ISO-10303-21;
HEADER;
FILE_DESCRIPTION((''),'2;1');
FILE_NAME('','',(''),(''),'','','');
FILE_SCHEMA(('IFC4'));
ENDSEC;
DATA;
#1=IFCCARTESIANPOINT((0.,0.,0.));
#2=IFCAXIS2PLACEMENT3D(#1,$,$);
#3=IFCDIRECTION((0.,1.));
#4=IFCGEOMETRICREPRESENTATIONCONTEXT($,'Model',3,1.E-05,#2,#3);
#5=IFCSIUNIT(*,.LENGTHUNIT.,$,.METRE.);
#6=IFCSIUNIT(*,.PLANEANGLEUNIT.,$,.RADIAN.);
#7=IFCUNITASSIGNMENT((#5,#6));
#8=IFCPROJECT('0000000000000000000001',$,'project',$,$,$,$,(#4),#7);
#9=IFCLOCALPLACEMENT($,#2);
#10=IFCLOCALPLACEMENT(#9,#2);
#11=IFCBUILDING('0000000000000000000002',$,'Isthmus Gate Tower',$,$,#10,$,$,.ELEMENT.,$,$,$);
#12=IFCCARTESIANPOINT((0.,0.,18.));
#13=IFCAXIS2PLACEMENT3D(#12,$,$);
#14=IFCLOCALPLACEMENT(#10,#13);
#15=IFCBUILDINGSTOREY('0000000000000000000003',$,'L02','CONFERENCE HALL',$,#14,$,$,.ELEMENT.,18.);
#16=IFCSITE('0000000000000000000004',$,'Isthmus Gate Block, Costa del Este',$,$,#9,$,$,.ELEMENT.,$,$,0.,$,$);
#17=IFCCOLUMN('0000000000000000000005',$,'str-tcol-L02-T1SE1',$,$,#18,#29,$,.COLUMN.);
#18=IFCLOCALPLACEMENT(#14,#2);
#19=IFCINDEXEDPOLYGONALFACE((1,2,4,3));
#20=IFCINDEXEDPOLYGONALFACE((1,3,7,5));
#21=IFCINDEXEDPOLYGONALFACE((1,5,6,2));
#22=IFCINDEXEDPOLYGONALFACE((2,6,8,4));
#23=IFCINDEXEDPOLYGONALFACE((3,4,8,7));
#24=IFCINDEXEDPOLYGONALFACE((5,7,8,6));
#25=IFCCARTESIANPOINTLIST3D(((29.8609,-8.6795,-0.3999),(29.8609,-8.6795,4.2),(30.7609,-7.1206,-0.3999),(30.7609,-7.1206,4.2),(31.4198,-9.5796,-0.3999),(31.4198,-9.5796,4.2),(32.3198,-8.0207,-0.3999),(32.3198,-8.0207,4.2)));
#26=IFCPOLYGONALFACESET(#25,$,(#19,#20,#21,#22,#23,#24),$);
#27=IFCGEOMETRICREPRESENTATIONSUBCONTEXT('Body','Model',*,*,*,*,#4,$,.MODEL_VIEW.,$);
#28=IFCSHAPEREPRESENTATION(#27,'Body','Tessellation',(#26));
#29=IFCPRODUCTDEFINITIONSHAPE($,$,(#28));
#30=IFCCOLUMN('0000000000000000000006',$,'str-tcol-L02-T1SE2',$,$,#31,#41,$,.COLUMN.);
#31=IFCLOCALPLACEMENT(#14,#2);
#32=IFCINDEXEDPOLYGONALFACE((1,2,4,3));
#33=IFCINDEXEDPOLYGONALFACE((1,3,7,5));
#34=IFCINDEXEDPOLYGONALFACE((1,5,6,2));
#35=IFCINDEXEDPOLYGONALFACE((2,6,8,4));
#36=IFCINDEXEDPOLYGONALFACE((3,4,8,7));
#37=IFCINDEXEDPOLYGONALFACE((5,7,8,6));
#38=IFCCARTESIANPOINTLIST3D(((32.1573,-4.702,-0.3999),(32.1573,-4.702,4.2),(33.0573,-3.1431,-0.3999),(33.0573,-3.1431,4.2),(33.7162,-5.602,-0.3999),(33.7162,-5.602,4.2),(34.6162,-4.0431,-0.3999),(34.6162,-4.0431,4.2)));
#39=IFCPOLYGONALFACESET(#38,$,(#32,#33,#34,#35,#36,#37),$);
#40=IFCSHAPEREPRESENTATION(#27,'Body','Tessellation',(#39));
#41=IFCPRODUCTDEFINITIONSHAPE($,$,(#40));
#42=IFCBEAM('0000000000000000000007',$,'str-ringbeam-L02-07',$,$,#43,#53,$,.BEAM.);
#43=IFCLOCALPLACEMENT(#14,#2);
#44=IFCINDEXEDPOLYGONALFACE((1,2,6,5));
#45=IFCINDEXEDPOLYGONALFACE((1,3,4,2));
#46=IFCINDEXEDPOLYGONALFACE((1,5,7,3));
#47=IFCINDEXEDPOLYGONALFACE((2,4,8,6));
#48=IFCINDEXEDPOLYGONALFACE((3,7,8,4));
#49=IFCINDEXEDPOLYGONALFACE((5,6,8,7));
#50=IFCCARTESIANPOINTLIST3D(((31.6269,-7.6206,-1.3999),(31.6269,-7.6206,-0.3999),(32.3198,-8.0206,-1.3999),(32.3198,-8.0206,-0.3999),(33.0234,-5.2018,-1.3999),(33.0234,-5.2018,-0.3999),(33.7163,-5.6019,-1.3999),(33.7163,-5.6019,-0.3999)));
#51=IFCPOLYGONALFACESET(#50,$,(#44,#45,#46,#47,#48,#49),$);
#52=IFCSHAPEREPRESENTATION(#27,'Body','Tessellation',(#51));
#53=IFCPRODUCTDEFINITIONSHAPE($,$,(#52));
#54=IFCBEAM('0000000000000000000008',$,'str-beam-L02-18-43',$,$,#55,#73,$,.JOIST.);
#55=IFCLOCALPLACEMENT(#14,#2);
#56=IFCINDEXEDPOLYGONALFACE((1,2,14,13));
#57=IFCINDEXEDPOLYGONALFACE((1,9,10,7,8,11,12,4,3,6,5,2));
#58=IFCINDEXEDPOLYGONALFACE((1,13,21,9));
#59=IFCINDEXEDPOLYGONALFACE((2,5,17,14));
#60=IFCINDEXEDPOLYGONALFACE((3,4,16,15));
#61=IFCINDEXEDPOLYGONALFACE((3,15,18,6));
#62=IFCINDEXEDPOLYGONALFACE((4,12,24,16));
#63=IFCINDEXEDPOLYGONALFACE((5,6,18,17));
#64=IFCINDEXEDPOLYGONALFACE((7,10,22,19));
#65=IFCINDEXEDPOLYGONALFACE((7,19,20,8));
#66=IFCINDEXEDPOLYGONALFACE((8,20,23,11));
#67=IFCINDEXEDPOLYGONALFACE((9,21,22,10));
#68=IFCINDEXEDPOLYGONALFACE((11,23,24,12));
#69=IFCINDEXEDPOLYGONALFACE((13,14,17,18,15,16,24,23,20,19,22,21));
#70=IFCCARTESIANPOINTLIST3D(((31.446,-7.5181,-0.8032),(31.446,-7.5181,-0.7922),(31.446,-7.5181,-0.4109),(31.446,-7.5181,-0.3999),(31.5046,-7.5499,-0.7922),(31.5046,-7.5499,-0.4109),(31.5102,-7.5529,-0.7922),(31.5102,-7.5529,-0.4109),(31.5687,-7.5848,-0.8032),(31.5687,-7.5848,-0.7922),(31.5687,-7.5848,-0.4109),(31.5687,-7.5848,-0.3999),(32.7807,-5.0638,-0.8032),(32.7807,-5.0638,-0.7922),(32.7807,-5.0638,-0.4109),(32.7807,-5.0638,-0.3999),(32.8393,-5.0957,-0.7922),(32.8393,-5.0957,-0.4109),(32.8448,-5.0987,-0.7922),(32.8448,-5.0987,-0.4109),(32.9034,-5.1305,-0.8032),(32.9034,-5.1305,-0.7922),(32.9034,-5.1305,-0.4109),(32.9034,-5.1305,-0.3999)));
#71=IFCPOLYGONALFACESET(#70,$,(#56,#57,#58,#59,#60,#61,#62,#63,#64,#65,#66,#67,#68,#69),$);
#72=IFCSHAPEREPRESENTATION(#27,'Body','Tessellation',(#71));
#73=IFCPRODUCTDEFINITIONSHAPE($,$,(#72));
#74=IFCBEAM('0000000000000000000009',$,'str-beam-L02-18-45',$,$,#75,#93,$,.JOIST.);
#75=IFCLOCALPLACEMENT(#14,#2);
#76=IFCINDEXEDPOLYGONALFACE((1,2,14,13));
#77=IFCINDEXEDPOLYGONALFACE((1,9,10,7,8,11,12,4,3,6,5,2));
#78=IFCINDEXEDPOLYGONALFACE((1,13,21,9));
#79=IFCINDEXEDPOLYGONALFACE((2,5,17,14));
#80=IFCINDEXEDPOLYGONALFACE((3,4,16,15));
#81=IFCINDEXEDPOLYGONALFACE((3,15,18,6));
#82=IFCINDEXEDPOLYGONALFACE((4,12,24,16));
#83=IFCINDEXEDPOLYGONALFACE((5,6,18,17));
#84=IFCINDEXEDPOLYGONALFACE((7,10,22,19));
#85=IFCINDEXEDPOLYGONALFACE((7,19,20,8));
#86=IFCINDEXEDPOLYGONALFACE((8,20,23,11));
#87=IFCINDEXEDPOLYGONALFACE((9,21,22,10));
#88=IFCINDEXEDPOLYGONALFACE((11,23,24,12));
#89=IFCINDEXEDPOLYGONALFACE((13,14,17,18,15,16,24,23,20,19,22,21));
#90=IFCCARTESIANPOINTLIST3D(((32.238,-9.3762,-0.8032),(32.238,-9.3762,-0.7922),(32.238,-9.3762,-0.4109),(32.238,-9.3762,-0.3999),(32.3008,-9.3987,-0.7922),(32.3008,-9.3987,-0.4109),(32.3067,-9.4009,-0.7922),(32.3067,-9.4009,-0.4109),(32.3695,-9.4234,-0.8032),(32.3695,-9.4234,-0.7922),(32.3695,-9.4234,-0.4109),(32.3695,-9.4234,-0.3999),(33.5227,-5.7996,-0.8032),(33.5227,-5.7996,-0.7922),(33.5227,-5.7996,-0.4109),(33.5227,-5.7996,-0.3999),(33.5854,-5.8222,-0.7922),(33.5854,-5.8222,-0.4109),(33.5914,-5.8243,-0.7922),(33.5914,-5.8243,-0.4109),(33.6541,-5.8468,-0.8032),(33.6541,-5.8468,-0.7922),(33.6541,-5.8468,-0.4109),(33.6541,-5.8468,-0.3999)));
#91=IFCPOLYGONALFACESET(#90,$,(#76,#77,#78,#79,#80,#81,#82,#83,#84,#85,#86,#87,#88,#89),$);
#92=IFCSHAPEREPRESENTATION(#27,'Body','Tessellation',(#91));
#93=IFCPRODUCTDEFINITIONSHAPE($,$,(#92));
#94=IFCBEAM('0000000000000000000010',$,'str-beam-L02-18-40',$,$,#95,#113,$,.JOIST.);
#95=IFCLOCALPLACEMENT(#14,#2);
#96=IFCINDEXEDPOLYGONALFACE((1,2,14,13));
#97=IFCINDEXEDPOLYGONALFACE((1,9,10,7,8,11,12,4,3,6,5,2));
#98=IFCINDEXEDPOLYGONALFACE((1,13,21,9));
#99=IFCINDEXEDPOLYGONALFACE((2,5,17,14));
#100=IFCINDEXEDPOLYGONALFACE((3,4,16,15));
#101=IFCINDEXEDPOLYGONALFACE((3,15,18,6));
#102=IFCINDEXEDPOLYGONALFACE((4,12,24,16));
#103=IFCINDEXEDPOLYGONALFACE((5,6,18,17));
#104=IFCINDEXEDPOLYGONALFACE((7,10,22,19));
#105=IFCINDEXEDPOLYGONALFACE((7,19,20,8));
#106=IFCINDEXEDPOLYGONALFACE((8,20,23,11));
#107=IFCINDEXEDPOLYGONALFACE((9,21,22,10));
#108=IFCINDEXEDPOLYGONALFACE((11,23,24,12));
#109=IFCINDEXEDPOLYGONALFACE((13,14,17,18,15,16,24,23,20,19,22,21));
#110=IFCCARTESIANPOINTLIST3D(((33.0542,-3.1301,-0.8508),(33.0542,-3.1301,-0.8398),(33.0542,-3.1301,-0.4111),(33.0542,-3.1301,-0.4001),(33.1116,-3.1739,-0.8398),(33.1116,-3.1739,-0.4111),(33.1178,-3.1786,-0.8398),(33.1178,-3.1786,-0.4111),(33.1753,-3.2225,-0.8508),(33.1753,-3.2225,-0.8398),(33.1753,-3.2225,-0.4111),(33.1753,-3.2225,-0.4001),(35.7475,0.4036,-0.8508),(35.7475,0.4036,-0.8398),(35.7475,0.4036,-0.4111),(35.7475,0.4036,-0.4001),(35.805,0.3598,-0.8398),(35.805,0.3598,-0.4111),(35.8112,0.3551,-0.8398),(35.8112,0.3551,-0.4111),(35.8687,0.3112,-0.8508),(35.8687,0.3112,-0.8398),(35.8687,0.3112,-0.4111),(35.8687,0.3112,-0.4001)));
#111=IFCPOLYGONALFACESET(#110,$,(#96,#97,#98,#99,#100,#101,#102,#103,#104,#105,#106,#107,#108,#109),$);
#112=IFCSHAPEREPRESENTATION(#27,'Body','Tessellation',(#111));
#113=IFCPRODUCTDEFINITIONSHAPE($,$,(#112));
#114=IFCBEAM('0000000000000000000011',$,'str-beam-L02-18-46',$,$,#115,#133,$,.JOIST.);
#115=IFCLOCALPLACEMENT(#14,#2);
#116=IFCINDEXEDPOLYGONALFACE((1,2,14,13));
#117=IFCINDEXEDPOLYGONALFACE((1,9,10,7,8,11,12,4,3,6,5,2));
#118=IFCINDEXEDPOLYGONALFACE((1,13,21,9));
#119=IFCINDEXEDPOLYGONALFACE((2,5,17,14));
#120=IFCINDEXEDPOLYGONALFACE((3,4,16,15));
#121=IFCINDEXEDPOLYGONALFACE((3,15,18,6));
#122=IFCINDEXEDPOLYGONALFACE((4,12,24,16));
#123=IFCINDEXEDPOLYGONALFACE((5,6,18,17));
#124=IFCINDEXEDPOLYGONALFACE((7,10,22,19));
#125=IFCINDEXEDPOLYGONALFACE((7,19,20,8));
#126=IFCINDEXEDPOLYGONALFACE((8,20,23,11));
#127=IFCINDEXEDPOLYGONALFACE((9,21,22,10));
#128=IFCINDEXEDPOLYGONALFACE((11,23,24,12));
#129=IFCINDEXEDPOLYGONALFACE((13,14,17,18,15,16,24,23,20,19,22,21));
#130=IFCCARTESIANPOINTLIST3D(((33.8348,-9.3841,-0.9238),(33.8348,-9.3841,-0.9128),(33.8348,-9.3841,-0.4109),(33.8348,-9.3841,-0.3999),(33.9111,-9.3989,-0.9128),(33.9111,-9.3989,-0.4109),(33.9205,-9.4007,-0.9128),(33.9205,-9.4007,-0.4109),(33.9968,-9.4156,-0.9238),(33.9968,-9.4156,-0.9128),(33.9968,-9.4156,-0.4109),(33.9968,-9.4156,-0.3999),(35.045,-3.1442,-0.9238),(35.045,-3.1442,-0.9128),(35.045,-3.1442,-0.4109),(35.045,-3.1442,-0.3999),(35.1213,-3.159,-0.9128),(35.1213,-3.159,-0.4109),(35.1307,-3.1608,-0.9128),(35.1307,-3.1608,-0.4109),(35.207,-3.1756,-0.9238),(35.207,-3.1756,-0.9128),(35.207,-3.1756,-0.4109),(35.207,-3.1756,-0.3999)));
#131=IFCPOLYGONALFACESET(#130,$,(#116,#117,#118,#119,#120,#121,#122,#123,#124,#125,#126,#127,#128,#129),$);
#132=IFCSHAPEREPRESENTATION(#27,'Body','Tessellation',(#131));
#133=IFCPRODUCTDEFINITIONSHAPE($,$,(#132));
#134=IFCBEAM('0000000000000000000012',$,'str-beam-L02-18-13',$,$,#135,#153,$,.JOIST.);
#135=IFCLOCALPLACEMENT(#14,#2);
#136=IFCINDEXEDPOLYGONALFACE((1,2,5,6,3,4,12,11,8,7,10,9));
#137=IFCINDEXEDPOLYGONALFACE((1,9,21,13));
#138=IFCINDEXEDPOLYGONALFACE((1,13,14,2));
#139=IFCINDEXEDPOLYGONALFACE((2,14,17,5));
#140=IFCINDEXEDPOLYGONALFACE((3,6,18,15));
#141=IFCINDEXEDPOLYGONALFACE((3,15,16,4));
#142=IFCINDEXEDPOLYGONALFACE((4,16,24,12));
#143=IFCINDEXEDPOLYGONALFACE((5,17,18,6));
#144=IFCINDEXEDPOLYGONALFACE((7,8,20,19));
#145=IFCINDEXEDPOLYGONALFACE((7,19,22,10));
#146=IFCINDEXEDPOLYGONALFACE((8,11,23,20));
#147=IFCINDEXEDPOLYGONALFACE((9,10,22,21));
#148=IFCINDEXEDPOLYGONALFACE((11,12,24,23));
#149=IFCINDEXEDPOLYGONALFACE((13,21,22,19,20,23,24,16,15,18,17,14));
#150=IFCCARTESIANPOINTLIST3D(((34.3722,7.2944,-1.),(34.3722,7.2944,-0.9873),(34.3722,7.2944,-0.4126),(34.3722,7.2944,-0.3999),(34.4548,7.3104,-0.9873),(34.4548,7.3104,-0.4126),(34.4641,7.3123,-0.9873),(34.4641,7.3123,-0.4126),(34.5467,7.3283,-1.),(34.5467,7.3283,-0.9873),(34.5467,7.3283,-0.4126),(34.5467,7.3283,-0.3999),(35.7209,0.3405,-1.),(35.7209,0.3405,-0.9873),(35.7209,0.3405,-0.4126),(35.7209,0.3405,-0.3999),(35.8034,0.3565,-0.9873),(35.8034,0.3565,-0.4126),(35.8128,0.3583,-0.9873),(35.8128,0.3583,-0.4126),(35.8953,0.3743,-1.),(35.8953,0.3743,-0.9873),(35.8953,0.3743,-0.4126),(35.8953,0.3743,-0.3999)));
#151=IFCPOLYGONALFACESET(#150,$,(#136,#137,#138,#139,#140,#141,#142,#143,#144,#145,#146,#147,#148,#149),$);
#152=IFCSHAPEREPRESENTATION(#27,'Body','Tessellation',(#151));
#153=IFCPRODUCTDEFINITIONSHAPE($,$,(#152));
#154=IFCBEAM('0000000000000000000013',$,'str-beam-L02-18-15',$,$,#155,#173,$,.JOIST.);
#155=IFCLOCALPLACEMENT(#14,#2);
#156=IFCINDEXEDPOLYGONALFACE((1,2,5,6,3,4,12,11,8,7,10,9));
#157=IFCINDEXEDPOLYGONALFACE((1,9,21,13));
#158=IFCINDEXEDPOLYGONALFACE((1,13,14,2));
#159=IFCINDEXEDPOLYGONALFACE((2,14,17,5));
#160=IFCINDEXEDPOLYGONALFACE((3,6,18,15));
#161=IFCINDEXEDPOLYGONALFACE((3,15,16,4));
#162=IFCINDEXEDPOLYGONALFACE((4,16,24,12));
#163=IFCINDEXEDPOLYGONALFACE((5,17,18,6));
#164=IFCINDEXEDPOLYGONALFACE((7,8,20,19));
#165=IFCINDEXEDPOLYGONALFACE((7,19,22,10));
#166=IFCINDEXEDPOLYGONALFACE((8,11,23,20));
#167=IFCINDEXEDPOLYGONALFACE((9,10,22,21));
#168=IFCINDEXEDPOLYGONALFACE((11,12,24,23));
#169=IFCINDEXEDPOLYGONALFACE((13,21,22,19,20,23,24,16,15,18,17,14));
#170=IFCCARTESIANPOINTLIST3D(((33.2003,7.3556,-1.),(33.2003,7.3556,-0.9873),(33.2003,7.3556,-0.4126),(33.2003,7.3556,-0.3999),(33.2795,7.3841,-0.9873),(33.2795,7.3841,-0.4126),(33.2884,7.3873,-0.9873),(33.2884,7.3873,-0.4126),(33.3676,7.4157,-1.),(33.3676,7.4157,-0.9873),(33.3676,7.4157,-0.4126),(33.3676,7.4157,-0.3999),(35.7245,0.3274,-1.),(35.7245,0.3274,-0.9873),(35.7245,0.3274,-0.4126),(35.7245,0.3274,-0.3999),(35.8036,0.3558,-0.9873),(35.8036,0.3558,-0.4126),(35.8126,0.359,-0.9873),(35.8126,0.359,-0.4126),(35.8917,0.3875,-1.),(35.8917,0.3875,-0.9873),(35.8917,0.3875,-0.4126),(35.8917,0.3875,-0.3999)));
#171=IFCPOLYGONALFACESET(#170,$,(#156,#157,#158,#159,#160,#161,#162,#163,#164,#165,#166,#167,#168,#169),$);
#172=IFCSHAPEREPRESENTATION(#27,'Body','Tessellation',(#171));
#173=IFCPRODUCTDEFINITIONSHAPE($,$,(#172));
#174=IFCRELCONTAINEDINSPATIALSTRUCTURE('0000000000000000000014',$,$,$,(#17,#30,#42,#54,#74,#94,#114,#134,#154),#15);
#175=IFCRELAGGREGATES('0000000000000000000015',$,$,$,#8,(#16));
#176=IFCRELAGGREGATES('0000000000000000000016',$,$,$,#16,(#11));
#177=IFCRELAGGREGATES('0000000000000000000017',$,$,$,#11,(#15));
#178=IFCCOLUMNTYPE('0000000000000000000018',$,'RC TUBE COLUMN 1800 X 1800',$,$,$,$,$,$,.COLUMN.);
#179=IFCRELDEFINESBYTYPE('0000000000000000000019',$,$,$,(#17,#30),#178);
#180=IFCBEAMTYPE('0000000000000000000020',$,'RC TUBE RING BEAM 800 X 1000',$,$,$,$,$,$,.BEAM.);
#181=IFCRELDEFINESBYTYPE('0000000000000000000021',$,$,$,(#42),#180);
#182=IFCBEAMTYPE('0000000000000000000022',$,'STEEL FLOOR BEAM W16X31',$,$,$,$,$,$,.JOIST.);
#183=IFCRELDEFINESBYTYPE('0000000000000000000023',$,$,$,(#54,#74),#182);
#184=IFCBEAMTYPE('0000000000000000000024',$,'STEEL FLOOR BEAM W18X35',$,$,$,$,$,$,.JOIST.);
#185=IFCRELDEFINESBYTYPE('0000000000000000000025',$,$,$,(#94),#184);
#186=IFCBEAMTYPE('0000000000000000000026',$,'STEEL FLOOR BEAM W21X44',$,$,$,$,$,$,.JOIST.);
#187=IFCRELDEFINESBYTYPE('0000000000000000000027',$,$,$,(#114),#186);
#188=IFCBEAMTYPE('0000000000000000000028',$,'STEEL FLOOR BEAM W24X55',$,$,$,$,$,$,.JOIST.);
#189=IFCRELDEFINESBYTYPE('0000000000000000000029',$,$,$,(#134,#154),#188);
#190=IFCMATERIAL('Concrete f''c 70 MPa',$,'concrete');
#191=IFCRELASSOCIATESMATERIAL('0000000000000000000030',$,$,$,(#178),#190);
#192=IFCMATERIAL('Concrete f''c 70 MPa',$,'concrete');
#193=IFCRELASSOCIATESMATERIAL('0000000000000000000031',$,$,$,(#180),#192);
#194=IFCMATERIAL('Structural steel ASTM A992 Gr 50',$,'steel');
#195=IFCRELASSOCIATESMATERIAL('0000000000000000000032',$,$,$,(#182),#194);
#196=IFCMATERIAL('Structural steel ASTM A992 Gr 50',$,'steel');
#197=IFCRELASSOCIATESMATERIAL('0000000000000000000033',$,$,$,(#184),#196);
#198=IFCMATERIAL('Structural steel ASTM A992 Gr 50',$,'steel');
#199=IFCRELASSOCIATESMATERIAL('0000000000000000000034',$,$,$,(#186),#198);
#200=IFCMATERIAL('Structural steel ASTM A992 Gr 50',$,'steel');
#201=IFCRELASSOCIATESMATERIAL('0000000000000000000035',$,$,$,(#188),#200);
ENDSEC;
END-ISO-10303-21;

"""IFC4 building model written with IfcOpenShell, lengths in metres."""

from ifc_helpers import new_model, si_unit, direction, frame, origin, origin_2d, place, context, subcontext, project, spatial, rectangle, i_section, extrude, material, material_profile, profile_set, type_object, element, save


model = new_model("IFC4")

# Units and contexts
model_context = context("Model", 3, precision=1e-05, world=origin(), true_north=direction((0.0, 1.0)))
body_context = subcontext(model_context, "Body", "Model", "MODEL_VIEW")
ifc_project = project(units=[si_unit("LENGTHUNIT", "METRE"), si_unit("PLANEANGLEUNIT", "RADIAN")], contexts=[model_context])

# Site, building, storey
site_placement = place(None, origin())
site = spatial("IfcSite", under=ifc_project, at=site_placement, Name="Isthmus Gate Block, Costa del Este", CompositionType="ELEMENT", RefElevation=0.0)
building_placement = place(site_placement, origin())
building = spatial("IfcBuilding", under=site, at=building_placement, Name="Isthmus Gate Tower", CompositionType="ELEMENT")
storey_placement = place(building_placement, frame((0.0, 0.0, 18.0)))
storey = spatial("IfcBuildingStorey", under=building, at=storey_placement, Name="L02", Description="CONFERENCE HALL", CompositionType="ELEMENT", Elevation=18.0)

# Columns
ifc_material_1 = material(Name="Concrete f'c 70 MPa", Category="concrete")
ifc_material_profile_1 = material_profile(ifc_material_1, rectangle(XDim=1.8, YDim=1.8, at=origin_2d()), Name="RC 1800X1800")
ifc_profile_set_1 = profile_set([ifc_material_profile_1], Name="Concrete f'c 70 MPa")
column_type = type_object("IfcColumnType", Name="RC TUBE COLUMN 1800 X 1800", PredefinedType="COLUMN", material=ifc_profile_set_1)
for number, where, z_axis, x_axis, name in (
    (1, (31.0903, -8.3501, -0.3999), (0.0, 0.0, 1.0), (0.5, 0.866025, 0.0), "str-tcol-L02-T1SE1"),
    (2, (33.3867, -4.3726, -0.3999), (0.0, 0.0, 1.0), (0.5, 0.866025, 0.0), "str-tcol-L02-T1SE2"),
):
    element("IfcColumn", number, at=place(storey_placement, frame(where, z_axis=z_axis, x_axis=x_axis)), inside=storey, type_object=column_type, Name=name, PredefinedType="COLUMN", context=body_context, shape_type="SweptSolid", body=[
        extrude(rectangle(XDim=1.8, YDim=1.8, at=origin_2d()), origin(), (0.0, 0.0, 1.0), 4.5999),
    ])

# Beams
ifc_material_2 = material(Name="Concrete f'c 70 MPa", Category="concrete")
ifc_material_profile_2 = material_profile(ifc_material_2, rectangle(XDim=0.8, YDim=1.0, at=origin_2d()), Name="RC 800X1000")
ifc_profile_set_2 = profile_set([ifc_material_profile_2], Name="Concrete f'c 70 MPa")
beam_type_1 = type_object("IfcBeamType", Name="RC TUBE RING BEAM 800 X 1000", PredefinedType="BEAM", material=ifc_profile_set_2)
beam_1_placement = place(storey_placement, frame((33.3699, -5.4019, -0.8999), z_axis=(-0.500013, -0.866018, 0.0), x_axis=(0.866018, -0.500013, 0.0)))
element("IfcBeam", 3, at=beam_1_placement, inside=storey, type_object=beam_type_1, Name="str-ringbeam-L02-07", PredefinedType="BEAM", context=body_context, shape_type="SweptSolid", body=[
    extrude(rectangle(XDim=0.8, YDim=1.0, at=origin_2d()), origin(), (0.0, 0.0, 1.0), 2.793),
])
ifc_material_3 = material(Name="Structural steel ASTM A992 Gr 50", Category="steel")
ifc_material_profile_3 = material_profile(ifc_material_3, i_section(OverallWidth=0.1396, OverallDepth=0.4033, WebThickness=0.0063, FlangeThickness=0.011, at=origin_2d()), Name="W16X31")
ifc_profile_set_3 = profile_set([ifc_material_profile_3], Name="Structural steel ASTM A992 Gr 50")
beam_type_2 = type_object("IfcBeamType", Name="STEEL FLOOR BEAM W16X31", PredefinedType="JOIST", material=ifc_profile_set_3)
beam_2_placement = place(storey_placement, frame((32.842, -5.0972, -0.6016), z_axis=(-0.477744, -0.878499, 0.0), x_axis=(0.878499, -0.477744, 0.0)))
element("IfcBeam", 4, at=beam_2_placement, inside=storey, type_object=beam_type_2, Name="str-beam-L02-18-43", PredefinedType="JOIST", context=body_context, shape_type="SweptSolid", body=[
    extrude(i_section(OverallWidth=0.1396, OverallDepth=0.4033, WebThickness=0.0063, FlangeThickness=0.011, at=origin_2d()), origin(), (0.0, 0.0, 1.0), 2.7937),
])
beam_3_placement = place(storey_placement, frame((33.5884, -5.8232, -0.6016), z_axis=(-0.338037, -0.941133, 0.0), x_axis=(0.941133, -0.338037, 0.0)))
element("IfcBeam", 5, at=beam_3_placement, inside=storey, type_object=beam_type_2, Name="str-beam-L02-18-45", PredefinedType="JOIST", context=body_context, shape_type="SweptSolid", body=[
    extrude(i_section(OverallWidth=0.1396, OverallDepth=0.4033, WebThickness=0.0063, FlangeThickness=0.011, at=origin_2d()), origin(), (0.0, 0.0, 1.0), 3.8003),
])
ifc_material_4 = material(Name="Structural steel ASTM A992 Gr 50", Category="steel")
ifc_material_profile_4 = material_profile(ifc_material_4, i_section(OverallWidth=0.1523, OverallDepth=0.4507, WebThickness=0.0078, FlangeThickness=0.011, at=origin_2d()), Name="W18X35")
ifc_profile_set_4 = profile_set([ifc_material_profile_4], Name="Structural steel ASTM A992 Gr 50")
beam_type_3 = type_object("IfcBeamType", Name="STEEL FLOOR BEAM W18X35", PredefinedType="JOIST", material=ifc_profile_set_4)
beam_4_placement = place(storey_placement, frame((35.8081, 0.3574, -0.6255), z_axis=(-0.606189, -0.795321, 0.0), x_axis=(0.795321, -0.606189, 0.0)))
element("IfcBeam", 6, at=beam_4_placement, inside=storey, type_object=beam_type_3, Name="str-beam-L02-18-40", PredefinedType="JOIST", context=body_context, shape_type="SweptSolid", body=[
    extrude(i_section(OverallWidth=0.1523, OverallDepth=0.4507, WebThickness=0.0078, FlangeThickness=0.011, at=origin_2d()), origin(), (0.0, 0.0, 1.0), 4.4431),
])
ifc_material_5 = material(Name="Structural steel ASTM A992 Gr 50", Category="steel")
ifc_material_profile_5 = material_profile(ifc_material_5, i_section(OverallWidth=0.165, OverallDepth=0.5239, WebThickness=0.0095, FlangeThickness=0.011, at=origin_2d()), Name="W21X44")
ifc_profile_set_5 = profile_set([ifc_material_profile_5], Name="Structural steel ASTM A992 Gr 50")
beam_type_4 = type_object("IfcBeamType", Name="STEEL FLOOR BEAM W21X44", PredefinedType="JOIST", material=ifc_profile_set_5)
beam_5_placement = place(storey_placement, frame((35.126, -3.1599, -0.6619), z_axis=(-0.190396, -0.981707, 0.0), x_axis=(0.981707, -0.190396, 0.0)))
element("IfcBeam", 7, at=beam_5_placement, inside=storey, type_object=beam_type_4, Name="str-beam-L02-18-46", PredefinedType="JOIST", context=body_context, shape_type="SweptSolid", body=[
    extrude(i_section(OverallWidth=0.165, OverallDepth=0.5239, WebThickness=0.0095, FlangeThickness=0.011, at=origin_2d()), origin(), (0.0, 0.0, 1.0), 6.3562),
])
ifc_material_6 = material(Name="Structural steel ASTM A992 Gr 50", Category="steel")
ifc_material_profile_6 = material_profile(ifc_material_6, i_section(OverallWidth=0.1777, OverallDepth=0.6001, WebThickness=0.0095, FlangeThickness=0.0127, at=origin_2d()), Name="W24X55")
ifc_profile_set_6 = profile_set([ifc_material_profile_6], Name="Structural steel ASTM A992 Gr 50")
beam_type_5 = type_object("IfcBeamType", Name="STEEL FLOOR BEAM W24X55", PredefinedType="JOIST", material=ifc_profile_set_6)
beam_6_placement = place(storey_placement, frame((35.8081, 0.3574, -0.7), z_axis=(-0.190393, 0.981708, 0.0), x_axis=(-0.981708, -0.190393, 0.0)))
element("IfcBeam", 8, at=beam_6_placement, inside=storey, type_object=beam_type_5, Name="str-beam-L02-18-13", PredefinedType="JOIST", context=body_context, shape_type="SweptSolid", body=[
    extrude(i_section(OverallWidth=0.1777, OverallDepth=0.6001, WebThickness=0.0095, FlangeThickness=0.0127, at=origin_2d()), origin(), (0.0, 0.0, 1.0), 7.0835),
])
beam_7_placement = place(storey_placement, frame((35.8081, 0.3574, -0.7), z_axis=(-0.338005, 0.941144, 0.0), x_axis=(-0.941144, -0.338005, 0.0)))
element("IfcBeam", 9, at=beam_7_placement, inside=storey, type_object=beam_type_5, Name="str-beam-L02-18-15", PredefinedType="JOIST", context=body_context, shape_type="SweptSolid", body=[
    extrude(i_section(OverallWidth=0.1777, OverallDepth=0.6001, WebThickness=0.0095, FlangeThickness=0.0127, at=origin_2d()), origin(), (0.0, 0.0, 1.0), 7.4678),
])

save(model, "model.ifc")
